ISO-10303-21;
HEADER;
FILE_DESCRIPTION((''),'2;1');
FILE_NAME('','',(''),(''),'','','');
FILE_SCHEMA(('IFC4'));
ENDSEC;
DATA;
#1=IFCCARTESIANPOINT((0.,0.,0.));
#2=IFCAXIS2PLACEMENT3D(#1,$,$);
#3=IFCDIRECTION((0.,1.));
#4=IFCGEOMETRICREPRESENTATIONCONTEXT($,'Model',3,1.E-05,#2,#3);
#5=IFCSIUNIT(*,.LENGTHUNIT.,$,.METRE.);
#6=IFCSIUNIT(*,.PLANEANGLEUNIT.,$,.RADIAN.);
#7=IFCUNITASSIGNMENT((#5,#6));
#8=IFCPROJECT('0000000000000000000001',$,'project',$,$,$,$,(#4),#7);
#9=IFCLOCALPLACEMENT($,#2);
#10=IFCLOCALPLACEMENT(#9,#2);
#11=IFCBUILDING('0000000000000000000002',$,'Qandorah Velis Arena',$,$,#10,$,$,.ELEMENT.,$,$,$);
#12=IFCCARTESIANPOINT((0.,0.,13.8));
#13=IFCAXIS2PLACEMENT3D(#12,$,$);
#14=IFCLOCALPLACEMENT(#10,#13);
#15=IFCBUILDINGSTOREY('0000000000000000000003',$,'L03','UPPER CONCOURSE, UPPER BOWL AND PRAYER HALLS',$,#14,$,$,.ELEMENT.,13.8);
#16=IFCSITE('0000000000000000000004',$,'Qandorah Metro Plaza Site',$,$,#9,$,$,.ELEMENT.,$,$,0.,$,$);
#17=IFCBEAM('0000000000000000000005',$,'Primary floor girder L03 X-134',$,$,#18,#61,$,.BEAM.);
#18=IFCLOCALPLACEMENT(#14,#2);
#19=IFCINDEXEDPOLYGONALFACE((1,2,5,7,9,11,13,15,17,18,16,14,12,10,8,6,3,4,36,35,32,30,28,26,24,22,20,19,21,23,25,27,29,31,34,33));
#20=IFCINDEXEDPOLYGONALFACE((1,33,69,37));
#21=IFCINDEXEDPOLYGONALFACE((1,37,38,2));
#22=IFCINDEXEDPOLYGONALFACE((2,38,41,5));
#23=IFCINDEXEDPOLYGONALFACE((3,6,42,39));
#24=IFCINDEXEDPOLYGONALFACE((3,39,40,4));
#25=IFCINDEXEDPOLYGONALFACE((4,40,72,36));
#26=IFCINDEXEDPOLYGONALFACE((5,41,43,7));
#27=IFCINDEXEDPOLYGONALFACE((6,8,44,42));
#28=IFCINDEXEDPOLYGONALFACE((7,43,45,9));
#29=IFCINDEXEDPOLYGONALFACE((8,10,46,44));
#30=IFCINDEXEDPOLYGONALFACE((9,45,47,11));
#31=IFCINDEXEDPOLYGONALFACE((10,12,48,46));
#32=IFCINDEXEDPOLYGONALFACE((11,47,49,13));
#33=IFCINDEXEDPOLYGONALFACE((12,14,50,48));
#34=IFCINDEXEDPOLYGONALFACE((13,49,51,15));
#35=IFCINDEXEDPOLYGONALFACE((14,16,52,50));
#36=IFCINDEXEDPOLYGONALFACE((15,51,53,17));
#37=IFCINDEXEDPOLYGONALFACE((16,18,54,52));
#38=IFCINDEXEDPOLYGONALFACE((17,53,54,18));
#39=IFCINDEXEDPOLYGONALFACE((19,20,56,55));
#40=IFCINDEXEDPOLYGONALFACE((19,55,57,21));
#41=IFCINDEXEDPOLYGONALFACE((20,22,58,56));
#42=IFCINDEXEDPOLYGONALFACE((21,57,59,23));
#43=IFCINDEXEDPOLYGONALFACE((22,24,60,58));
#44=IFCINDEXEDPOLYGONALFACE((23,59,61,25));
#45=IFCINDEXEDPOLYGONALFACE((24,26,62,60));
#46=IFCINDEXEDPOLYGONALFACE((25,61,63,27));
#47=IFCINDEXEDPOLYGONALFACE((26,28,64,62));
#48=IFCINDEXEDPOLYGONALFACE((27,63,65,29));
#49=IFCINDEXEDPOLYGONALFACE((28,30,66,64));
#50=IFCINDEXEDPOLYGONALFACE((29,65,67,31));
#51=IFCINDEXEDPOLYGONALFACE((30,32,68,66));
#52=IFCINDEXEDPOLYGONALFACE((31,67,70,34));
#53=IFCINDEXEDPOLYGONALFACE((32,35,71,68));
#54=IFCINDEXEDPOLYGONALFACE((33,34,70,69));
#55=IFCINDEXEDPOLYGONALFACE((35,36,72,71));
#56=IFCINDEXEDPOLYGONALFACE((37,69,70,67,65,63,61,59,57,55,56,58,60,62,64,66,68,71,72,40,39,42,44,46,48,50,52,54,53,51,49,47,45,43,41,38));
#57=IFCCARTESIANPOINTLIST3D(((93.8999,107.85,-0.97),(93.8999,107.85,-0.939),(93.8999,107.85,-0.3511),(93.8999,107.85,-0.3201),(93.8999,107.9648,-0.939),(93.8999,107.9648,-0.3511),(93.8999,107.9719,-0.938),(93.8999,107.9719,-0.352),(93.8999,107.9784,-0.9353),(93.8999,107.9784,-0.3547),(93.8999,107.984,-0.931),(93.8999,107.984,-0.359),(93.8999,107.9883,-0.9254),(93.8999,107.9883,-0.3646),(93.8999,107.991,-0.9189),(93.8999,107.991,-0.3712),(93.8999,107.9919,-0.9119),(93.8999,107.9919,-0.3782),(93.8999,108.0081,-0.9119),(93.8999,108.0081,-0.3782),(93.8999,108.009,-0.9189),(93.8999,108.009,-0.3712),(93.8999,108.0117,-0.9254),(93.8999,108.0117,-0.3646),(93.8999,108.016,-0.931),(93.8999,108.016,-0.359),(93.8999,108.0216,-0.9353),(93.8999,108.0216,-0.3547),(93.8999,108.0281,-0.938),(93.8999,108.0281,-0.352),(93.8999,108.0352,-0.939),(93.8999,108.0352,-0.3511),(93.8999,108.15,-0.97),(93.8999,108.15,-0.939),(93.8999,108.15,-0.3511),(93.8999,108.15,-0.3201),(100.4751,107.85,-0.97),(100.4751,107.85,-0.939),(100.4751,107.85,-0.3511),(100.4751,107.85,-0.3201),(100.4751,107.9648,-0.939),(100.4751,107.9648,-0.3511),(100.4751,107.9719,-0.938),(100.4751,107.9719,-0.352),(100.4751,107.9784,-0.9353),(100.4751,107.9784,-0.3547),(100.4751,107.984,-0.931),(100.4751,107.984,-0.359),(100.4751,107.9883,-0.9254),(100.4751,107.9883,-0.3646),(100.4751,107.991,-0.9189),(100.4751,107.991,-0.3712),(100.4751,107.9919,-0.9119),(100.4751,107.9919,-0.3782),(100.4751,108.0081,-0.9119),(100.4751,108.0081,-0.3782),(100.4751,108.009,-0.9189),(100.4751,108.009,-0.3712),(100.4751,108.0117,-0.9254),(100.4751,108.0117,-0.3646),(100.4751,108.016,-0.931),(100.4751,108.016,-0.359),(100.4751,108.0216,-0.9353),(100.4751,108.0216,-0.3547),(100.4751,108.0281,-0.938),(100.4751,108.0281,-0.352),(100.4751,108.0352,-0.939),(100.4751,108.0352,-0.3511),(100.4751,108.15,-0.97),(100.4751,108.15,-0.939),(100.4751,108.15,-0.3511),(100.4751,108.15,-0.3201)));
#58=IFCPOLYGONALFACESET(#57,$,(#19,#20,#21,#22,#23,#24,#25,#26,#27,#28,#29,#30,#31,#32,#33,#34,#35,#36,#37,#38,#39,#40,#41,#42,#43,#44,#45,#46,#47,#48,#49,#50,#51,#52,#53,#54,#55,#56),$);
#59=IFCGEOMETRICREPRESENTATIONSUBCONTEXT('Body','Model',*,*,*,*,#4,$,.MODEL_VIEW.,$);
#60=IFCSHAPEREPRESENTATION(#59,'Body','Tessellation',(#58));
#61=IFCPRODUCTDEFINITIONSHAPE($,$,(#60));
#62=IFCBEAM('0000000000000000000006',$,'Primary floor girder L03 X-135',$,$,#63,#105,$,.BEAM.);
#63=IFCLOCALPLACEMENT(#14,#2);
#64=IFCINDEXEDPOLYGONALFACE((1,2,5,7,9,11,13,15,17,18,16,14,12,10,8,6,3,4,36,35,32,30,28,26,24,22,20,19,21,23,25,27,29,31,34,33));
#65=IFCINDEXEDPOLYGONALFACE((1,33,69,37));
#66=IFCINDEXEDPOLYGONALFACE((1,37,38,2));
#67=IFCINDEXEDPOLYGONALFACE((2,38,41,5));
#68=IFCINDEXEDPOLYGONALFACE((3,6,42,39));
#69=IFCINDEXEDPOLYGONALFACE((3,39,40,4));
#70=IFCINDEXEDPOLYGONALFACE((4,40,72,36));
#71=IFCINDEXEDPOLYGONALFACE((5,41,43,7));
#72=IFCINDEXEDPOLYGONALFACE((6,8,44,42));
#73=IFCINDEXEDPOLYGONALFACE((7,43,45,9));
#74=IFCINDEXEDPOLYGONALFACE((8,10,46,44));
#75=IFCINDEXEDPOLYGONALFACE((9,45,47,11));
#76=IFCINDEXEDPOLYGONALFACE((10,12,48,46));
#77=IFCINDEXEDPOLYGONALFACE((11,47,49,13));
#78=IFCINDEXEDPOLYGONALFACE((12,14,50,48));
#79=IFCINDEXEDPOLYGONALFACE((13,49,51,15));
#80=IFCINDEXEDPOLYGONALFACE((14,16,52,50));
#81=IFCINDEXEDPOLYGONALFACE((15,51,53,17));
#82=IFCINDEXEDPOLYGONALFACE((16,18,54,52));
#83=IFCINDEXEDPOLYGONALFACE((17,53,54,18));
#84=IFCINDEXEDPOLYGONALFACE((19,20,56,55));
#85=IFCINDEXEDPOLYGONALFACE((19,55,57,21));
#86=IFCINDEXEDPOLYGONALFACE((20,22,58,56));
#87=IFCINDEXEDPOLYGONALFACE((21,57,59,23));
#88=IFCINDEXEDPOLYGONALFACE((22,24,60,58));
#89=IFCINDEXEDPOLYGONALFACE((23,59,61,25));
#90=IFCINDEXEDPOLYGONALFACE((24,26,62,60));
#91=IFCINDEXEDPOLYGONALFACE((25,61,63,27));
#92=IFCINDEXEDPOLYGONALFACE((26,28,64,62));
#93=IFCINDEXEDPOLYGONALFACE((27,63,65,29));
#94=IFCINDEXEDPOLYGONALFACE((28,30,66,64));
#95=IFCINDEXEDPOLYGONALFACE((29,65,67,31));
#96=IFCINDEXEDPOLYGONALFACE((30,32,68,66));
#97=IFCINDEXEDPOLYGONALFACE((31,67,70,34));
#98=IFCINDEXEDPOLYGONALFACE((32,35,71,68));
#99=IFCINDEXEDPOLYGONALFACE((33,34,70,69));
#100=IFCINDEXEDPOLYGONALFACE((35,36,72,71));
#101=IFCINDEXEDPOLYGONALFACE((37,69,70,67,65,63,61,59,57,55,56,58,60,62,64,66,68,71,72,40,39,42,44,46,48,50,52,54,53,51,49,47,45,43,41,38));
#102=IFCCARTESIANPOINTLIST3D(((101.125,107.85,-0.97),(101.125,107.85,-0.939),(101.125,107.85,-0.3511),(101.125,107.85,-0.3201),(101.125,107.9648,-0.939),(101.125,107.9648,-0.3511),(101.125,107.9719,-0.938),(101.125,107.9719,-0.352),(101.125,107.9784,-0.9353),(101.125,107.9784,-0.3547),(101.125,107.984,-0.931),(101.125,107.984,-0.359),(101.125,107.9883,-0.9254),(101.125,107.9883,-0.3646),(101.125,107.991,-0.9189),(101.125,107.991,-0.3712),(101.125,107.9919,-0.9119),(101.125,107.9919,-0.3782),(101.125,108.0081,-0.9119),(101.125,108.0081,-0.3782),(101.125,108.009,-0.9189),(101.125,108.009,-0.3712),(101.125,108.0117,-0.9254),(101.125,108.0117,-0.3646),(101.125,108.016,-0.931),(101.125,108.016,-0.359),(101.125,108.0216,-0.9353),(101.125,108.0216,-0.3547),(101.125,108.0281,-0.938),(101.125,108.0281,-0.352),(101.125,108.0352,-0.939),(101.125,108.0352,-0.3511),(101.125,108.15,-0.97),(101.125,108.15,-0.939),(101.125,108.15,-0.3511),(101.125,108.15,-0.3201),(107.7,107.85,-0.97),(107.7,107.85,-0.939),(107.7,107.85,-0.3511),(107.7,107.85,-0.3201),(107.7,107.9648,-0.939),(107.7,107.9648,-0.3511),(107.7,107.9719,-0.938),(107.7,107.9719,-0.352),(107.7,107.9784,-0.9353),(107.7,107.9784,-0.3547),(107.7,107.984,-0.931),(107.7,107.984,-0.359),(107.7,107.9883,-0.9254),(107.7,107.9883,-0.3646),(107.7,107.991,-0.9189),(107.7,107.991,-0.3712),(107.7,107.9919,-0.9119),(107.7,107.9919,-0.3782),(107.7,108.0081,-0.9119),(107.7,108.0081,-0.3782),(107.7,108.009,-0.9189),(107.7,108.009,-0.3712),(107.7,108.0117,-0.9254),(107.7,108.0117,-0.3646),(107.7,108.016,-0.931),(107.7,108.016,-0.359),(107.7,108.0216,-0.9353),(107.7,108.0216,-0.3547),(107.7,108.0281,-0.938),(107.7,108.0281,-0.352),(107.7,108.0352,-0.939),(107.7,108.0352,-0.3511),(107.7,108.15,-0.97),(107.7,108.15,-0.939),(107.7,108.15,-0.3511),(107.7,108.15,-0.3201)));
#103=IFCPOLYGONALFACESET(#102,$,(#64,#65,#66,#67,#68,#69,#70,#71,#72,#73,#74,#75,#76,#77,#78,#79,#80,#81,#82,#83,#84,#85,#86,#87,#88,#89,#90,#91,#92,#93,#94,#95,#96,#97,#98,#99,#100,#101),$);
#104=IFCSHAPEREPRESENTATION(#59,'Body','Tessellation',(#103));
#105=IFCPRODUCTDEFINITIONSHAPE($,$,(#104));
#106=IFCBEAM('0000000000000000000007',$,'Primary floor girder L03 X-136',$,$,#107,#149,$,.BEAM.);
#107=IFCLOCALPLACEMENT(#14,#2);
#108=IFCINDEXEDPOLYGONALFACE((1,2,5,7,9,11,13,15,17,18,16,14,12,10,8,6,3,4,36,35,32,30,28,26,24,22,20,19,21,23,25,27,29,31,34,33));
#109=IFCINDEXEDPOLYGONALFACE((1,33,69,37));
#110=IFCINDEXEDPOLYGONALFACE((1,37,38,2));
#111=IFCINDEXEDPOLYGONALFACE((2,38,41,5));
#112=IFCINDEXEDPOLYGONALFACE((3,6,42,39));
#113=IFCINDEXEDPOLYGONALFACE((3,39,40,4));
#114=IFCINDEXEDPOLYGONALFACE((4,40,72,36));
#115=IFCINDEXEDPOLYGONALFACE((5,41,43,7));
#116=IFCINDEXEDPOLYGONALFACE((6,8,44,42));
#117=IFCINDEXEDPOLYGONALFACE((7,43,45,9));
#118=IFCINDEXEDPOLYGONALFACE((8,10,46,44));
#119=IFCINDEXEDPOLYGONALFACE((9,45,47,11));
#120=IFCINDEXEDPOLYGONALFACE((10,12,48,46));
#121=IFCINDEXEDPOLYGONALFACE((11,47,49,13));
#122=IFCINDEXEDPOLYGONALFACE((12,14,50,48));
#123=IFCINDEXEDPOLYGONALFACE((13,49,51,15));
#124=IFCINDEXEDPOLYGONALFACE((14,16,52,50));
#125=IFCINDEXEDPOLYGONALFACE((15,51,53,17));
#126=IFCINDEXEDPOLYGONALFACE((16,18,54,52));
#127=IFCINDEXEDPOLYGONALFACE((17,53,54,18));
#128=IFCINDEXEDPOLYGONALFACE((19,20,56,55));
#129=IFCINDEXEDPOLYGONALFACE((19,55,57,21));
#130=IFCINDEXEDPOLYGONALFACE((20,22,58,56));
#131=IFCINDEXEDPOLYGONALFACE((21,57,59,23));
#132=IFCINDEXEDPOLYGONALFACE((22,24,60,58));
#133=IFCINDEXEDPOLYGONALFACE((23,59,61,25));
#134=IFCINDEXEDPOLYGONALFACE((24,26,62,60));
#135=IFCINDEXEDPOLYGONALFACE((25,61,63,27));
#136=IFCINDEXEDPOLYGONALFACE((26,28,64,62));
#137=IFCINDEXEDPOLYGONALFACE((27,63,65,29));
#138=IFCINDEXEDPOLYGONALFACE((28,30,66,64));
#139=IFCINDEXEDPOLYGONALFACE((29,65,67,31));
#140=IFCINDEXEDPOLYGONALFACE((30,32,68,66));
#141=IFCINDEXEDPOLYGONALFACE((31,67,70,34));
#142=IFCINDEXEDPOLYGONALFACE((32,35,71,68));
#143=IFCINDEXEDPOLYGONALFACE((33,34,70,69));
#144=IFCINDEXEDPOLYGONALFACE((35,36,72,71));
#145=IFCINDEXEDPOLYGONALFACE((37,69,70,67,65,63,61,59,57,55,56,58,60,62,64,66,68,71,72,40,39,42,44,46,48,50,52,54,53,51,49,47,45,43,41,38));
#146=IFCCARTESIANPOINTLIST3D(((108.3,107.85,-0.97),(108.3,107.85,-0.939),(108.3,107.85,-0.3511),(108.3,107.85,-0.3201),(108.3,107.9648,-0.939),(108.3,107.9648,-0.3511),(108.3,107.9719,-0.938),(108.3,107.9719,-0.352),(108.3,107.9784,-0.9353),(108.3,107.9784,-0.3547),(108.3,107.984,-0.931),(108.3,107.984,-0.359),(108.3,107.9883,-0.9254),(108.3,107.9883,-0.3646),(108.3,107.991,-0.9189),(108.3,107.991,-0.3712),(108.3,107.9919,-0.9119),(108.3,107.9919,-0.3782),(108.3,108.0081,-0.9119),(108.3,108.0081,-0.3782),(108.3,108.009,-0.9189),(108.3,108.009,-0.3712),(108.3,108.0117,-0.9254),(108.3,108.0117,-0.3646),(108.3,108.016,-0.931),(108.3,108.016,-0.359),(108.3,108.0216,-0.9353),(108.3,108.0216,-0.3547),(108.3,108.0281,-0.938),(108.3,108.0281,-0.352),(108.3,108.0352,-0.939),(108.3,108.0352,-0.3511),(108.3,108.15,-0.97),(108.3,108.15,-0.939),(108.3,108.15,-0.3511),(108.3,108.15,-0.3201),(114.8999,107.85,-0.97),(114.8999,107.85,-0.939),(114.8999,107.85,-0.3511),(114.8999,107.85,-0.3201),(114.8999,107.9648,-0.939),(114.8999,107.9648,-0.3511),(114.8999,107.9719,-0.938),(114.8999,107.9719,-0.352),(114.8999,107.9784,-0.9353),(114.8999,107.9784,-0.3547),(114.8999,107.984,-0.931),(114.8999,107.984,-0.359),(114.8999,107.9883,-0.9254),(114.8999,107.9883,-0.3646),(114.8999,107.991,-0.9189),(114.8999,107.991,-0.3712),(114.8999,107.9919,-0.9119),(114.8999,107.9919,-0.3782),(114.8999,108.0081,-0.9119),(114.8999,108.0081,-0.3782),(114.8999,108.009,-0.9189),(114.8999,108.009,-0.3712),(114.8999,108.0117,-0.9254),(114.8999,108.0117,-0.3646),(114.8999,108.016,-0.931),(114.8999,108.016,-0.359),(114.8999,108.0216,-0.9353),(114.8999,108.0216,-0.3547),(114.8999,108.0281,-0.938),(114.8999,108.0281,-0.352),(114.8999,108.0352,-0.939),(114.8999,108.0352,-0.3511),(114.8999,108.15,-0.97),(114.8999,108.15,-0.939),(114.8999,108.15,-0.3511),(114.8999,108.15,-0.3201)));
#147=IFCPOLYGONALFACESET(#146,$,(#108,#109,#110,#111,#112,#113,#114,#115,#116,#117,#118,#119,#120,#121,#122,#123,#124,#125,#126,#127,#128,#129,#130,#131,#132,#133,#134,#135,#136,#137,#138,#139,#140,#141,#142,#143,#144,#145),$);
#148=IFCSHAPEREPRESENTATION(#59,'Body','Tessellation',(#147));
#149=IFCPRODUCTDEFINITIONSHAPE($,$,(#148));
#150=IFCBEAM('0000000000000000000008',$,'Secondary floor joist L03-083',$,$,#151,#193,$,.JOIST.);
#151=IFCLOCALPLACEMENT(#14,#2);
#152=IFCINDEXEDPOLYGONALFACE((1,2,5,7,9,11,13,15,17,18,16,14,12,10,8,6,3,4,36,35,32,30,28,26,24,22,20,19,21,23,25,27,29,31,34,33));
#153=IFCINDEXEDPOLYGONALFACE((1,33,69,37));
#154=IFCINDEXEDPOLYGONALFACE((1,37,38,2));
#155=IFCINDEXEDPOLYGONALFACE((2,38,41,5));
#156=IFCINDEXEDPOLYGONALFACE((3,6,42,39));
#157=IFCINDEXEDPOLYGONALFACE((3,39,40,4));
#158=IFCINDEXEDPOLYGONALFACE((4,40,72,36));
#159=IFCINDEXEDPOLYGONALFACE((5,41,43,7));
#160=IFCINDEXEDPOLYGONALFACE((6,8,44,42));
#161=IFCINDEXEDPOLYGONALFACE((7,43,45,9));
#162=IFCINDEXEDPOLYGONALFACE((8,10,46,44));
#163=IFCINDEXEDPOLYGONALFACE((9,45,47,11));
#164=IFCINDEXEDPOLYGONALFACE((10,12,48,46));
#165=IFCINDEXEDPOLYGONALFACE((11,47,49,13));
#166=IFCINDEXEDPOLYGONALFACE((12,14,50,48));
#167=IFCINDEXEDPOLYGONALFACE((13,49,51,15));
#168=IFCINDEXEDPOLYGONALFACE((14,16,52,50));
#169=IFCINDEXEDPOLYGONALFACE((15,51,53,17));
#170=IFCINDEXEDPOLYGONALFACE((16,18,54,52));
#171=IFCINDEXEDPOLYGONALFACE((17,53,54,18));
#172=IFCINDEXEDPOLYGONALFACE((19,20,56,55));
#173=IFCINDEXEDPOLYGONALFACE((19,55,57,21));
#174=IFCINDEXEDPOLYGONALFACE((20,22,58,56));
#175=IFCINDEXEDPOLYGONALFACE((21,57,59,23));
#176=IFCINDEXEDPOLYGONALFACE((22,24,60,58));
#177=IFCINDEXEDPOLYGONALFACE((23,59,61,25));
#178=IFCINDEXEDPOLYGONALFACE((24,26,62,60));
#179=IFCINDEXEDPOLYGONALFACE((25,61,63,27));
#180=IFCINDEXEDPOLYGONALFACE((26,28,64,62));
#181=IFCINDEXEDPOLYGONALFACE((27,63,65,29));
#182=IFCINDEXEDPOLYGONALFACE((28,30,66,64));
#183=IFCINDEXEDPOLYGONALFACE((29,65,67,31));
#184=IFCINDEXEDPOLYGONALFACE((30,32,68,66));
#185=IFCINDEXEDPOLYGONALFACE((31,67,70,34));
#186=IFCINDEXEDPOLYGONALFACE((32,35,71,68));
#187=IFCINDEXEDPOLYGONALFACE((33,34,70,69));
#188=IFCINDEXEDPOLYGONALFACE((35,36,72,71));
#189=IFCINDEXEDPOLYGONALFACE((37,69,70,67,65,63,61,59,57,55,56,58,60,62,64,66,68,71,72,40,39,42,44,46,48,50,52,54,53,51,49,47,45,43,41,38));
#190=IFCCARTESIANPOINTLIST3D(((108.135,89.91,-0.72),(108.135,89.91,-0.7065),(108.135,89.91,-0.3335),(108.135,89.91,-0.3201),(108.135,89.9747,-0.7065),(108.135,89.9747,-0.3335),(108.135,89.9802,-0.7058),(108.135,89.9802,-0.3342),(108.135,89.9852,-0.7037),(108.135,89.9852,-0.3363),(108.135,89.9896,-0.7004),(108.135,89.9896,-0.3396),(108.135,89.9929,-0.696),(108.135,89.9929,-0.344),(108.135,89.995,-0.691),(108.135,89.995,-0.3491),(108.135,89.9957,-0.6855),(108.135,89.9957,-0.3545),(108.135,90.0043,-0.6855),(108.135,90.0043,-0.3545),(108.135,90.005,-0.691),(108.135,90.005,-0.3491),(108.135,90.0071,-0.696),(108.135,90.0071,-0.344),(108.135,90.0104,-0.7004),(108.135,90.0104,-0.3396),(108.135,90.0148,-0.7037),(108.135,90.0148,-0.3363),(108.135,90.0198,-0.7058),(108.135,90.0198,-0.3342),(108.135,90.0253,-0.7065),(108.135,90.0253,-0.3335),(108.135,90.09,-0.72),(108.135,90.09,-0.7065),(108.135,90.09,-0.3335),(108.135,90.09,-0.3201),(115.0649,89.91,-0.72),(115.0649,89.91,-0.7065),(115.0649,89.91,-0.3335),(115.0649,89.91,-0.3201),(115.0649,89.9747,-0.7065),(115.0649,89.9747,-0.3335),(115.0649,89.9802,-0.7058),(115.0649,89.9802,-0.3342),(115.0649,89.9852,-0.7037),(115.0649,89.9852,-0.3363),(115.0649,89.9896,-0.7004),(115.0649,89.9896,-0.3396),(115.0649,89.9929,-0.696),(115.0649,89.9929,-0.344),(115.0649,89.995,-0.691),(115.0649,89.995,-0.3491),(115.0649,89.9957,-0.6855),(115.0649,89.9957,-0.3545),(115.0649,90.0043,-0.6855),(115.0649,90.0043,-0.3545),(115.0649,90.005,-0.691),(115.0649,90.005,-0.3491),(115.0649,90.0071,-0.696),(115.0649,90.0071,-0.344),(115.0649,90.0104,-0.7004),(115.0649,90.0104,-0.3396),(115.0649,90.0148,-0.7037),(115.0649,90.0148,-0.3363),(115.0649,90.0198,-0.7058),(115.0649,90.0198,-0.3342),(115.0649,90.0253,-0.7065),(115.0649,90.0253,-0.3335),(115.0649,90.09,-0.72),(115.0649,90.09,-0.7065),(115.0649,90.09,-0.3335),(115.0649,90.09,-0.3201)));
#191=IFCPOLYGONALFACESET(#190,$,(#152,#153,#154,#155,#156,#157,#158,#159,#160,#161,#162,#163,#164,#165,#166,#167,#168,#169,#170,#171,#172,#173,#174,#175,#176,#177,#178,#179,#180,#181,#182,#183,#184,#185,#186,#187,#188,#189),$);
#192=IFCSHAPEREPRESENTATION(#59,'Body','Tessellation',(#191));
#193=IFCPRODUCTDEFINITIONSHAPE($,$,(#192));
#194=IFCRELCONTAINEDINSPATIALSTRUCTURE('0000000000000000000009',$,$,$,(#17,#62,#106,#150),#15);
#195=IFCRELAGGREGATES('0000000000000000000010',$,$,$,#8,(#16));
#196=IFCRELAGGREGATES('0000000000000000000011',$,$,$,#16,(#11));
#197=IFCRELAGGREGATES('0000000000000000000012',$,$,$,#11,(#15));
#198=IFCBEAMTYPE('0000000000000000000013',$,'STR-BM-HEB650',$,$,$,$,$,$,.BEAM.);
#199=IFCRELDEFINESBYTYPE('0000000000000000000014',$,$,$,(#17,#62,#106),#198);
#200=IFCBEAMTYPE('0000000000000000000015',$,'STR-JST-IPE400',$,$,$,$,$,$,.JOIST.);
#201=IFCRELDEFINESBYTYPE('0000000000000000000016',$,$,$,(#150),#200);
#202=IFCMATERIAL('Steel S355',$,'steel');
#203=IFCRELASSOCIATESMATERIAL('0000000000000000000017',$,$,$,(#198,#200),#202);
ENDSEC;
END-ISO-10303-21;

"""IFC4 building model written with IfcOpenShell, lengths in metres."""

from ifc_helpers import new_model, si_unit, direction, frame, origin, origin_2d, place, context, subcontext, project, spatial, i_section, extrude, material, material_profile, profile_set, type_object, element, save


model = new_model("IFC4")

# Units and contexts
model_context = context("Model", 3, precision=1e-05, world=origin(), true_north=direction((0.0, 1.0)))
body_context = subcontext(model_context, "Body", "Model", "MODEL_VIEW")
ifc_project = project(units=[si_unit("LENGTHUNIT", "METRE"), si_unit("PLANEANGLEUNIT", "RADIAN")], contexts=[model_context])

# Site, building, storey
site_placement = place(None, origin())
site = spatial("IfcSite", under=ifc_project, at=site_placement, Name="Qandorah Metro Plaza Site", CompositionType="ELEMENT", RefElevation=0.0)
building_placement = place(site_placement, origin())
building = spatial("IfcBuilding", under=site, at=building_placement, Name="Qandorah Velis Arena", CompositionType="ELEMENT")
storey_placement = place(building_placement, frame((0.0, 0.0, 13.8)))
storey = spatial("IfcBuildingStorey", under=building, at=storey_placement, Name="L03", Description="UPPER CONCOURSE, UPPER BOWL AND PRAYER HALLS", CompositionType="ELEMENT", Elevation=13.8)

# Beams
ifc_material_1 = material(Name="Steel S355", Category="steel")
ifc_material_profile_1 = material_profile(ifc_material_1, i_section(OverallWidth=0.3, OverallDepth=0.6499, WebThickness=0.0161, FlangeThickness=0.031, FilletRadius=0.0271, at=origin_2d()), Name="HEB 650")
ifc_profile_set_1 = profile_set([ifc_material_profile_1], Name="Steel S355")
beam_type_1 = type_object("IfcBeamType", Name="STR-BM-HEB650", PredefinedType="BEAM", material=ifc_profile_set_1)
beam_1_placement = place(storey_placement, frame((93.8999, 108.0, -0.645), z_axis=(1.0, 0.0, 0.0), x_axis=(0.0, 1.0, 0.0)))
element("IfcBeam", 1, at=beam_1_placement, inside=storey, type_object=beam_type_1, Name="Primary floor girder L03 X-134", PredefinedType="BEAM", context=body_context, shape_type="SweptSolid", body=[
    extrude(i_section(OverallWidth=0.3, OverallDepth=0.6499, WebThickness=0.0161, FlangeThickness=0.031, FilletRadius=0.0271, at=origin_2d()), origin(), (0.0, 0.0, 1.0), 6.5752),
])
beam_2_placement = place(storey_placement, frame((101.125, 108.0, -0.645), z_axis=(1.0, 0.0, 0.0), x_axis=(0.0, 1.0, 0.0)))
element("IfcBeam", 2, at=beam_2_placement, inside=storey, type_object=beam_type_1, Name="Primary floor girder L03 X-135", PredefinedType="BEAM", context=body_context, shape_type="SweptSolid", body=[
    extrude(i_section(OverallWidth=0.3, OverallDepth=0.6499, WebThickness=0.0161, FlangeThickness=0.031, FilletRadius=0.0271, at=origin_2d()), origin(), (0.0, 0.0, 1.0), 6.575),
])
beam_3_placement = place(storey_placement, frame((108.3, 108.0, -0.645), z_axis=(1.0, 0.0, 0.0), x_axis=(0.0, 1.0, 0.0)))
element("IfcBeam", 3, at=beam_3_placement, inside=storey, type_object=beam_type_1, Name="Primary floor girder L03 X-136", PredefinedType="BEAM", context=body_context, shape_type="SweptSolid", body=[
    extrude(i_section(OverallWidth=0.3, OverallDepth=0.6499, WebThickness=0.0161, FlangeThickness=0.031, FilletRadius=0.0271, at=origin_2d()), origin(), (0.0, 0.0, 1.0), 6.5999),
])
ifc_material_profile_2 = material_profile(ifc_material_1, i_section(OverallWidth=0.1799, OverallDepth=0.3999, WebThickness=0.0085, FlangeThickness=0.0134, FilletRadius=0.021, at=origin_2d()), Name="IPE 400")
ifc_profile_set_2 = profile_set([ifc_material_profile_2], Name="Steel S355")
beam_type_2 = type_object("IfcBeamType", Name="STR-JST-IPE400", PredefinedType="JOIST", material=ifc_profile_set_2)
for number, where, z_axis, x_axis, name in (
    (4, (108.135, 90.0, -0.52), (1.0, 0.0, 0.0), (0.0, 1.0, 0.0), "Secondary floor joist L03-083"),
):
    element("IfcBeam", number, at=place(storey_placement, frame(where, z_axis=z_axis, x_axis=x_axis)), inside=storey, type_object=beam_type_2, Name=name, PredefinedType="JOIST", context=body_context, shape_type="SweptSolid", body=[
        extrude(i_section(OverallWidth=0.1799, OverallDepth=0.3999, WebThickness=0.0085, FlangeThickness=0.0134, FilletRadius=0.021, at=origin_2d()), origin(), (0.0, 0.0, 1.0), 6.9299),
    ])

save(model, "model.ifc")
